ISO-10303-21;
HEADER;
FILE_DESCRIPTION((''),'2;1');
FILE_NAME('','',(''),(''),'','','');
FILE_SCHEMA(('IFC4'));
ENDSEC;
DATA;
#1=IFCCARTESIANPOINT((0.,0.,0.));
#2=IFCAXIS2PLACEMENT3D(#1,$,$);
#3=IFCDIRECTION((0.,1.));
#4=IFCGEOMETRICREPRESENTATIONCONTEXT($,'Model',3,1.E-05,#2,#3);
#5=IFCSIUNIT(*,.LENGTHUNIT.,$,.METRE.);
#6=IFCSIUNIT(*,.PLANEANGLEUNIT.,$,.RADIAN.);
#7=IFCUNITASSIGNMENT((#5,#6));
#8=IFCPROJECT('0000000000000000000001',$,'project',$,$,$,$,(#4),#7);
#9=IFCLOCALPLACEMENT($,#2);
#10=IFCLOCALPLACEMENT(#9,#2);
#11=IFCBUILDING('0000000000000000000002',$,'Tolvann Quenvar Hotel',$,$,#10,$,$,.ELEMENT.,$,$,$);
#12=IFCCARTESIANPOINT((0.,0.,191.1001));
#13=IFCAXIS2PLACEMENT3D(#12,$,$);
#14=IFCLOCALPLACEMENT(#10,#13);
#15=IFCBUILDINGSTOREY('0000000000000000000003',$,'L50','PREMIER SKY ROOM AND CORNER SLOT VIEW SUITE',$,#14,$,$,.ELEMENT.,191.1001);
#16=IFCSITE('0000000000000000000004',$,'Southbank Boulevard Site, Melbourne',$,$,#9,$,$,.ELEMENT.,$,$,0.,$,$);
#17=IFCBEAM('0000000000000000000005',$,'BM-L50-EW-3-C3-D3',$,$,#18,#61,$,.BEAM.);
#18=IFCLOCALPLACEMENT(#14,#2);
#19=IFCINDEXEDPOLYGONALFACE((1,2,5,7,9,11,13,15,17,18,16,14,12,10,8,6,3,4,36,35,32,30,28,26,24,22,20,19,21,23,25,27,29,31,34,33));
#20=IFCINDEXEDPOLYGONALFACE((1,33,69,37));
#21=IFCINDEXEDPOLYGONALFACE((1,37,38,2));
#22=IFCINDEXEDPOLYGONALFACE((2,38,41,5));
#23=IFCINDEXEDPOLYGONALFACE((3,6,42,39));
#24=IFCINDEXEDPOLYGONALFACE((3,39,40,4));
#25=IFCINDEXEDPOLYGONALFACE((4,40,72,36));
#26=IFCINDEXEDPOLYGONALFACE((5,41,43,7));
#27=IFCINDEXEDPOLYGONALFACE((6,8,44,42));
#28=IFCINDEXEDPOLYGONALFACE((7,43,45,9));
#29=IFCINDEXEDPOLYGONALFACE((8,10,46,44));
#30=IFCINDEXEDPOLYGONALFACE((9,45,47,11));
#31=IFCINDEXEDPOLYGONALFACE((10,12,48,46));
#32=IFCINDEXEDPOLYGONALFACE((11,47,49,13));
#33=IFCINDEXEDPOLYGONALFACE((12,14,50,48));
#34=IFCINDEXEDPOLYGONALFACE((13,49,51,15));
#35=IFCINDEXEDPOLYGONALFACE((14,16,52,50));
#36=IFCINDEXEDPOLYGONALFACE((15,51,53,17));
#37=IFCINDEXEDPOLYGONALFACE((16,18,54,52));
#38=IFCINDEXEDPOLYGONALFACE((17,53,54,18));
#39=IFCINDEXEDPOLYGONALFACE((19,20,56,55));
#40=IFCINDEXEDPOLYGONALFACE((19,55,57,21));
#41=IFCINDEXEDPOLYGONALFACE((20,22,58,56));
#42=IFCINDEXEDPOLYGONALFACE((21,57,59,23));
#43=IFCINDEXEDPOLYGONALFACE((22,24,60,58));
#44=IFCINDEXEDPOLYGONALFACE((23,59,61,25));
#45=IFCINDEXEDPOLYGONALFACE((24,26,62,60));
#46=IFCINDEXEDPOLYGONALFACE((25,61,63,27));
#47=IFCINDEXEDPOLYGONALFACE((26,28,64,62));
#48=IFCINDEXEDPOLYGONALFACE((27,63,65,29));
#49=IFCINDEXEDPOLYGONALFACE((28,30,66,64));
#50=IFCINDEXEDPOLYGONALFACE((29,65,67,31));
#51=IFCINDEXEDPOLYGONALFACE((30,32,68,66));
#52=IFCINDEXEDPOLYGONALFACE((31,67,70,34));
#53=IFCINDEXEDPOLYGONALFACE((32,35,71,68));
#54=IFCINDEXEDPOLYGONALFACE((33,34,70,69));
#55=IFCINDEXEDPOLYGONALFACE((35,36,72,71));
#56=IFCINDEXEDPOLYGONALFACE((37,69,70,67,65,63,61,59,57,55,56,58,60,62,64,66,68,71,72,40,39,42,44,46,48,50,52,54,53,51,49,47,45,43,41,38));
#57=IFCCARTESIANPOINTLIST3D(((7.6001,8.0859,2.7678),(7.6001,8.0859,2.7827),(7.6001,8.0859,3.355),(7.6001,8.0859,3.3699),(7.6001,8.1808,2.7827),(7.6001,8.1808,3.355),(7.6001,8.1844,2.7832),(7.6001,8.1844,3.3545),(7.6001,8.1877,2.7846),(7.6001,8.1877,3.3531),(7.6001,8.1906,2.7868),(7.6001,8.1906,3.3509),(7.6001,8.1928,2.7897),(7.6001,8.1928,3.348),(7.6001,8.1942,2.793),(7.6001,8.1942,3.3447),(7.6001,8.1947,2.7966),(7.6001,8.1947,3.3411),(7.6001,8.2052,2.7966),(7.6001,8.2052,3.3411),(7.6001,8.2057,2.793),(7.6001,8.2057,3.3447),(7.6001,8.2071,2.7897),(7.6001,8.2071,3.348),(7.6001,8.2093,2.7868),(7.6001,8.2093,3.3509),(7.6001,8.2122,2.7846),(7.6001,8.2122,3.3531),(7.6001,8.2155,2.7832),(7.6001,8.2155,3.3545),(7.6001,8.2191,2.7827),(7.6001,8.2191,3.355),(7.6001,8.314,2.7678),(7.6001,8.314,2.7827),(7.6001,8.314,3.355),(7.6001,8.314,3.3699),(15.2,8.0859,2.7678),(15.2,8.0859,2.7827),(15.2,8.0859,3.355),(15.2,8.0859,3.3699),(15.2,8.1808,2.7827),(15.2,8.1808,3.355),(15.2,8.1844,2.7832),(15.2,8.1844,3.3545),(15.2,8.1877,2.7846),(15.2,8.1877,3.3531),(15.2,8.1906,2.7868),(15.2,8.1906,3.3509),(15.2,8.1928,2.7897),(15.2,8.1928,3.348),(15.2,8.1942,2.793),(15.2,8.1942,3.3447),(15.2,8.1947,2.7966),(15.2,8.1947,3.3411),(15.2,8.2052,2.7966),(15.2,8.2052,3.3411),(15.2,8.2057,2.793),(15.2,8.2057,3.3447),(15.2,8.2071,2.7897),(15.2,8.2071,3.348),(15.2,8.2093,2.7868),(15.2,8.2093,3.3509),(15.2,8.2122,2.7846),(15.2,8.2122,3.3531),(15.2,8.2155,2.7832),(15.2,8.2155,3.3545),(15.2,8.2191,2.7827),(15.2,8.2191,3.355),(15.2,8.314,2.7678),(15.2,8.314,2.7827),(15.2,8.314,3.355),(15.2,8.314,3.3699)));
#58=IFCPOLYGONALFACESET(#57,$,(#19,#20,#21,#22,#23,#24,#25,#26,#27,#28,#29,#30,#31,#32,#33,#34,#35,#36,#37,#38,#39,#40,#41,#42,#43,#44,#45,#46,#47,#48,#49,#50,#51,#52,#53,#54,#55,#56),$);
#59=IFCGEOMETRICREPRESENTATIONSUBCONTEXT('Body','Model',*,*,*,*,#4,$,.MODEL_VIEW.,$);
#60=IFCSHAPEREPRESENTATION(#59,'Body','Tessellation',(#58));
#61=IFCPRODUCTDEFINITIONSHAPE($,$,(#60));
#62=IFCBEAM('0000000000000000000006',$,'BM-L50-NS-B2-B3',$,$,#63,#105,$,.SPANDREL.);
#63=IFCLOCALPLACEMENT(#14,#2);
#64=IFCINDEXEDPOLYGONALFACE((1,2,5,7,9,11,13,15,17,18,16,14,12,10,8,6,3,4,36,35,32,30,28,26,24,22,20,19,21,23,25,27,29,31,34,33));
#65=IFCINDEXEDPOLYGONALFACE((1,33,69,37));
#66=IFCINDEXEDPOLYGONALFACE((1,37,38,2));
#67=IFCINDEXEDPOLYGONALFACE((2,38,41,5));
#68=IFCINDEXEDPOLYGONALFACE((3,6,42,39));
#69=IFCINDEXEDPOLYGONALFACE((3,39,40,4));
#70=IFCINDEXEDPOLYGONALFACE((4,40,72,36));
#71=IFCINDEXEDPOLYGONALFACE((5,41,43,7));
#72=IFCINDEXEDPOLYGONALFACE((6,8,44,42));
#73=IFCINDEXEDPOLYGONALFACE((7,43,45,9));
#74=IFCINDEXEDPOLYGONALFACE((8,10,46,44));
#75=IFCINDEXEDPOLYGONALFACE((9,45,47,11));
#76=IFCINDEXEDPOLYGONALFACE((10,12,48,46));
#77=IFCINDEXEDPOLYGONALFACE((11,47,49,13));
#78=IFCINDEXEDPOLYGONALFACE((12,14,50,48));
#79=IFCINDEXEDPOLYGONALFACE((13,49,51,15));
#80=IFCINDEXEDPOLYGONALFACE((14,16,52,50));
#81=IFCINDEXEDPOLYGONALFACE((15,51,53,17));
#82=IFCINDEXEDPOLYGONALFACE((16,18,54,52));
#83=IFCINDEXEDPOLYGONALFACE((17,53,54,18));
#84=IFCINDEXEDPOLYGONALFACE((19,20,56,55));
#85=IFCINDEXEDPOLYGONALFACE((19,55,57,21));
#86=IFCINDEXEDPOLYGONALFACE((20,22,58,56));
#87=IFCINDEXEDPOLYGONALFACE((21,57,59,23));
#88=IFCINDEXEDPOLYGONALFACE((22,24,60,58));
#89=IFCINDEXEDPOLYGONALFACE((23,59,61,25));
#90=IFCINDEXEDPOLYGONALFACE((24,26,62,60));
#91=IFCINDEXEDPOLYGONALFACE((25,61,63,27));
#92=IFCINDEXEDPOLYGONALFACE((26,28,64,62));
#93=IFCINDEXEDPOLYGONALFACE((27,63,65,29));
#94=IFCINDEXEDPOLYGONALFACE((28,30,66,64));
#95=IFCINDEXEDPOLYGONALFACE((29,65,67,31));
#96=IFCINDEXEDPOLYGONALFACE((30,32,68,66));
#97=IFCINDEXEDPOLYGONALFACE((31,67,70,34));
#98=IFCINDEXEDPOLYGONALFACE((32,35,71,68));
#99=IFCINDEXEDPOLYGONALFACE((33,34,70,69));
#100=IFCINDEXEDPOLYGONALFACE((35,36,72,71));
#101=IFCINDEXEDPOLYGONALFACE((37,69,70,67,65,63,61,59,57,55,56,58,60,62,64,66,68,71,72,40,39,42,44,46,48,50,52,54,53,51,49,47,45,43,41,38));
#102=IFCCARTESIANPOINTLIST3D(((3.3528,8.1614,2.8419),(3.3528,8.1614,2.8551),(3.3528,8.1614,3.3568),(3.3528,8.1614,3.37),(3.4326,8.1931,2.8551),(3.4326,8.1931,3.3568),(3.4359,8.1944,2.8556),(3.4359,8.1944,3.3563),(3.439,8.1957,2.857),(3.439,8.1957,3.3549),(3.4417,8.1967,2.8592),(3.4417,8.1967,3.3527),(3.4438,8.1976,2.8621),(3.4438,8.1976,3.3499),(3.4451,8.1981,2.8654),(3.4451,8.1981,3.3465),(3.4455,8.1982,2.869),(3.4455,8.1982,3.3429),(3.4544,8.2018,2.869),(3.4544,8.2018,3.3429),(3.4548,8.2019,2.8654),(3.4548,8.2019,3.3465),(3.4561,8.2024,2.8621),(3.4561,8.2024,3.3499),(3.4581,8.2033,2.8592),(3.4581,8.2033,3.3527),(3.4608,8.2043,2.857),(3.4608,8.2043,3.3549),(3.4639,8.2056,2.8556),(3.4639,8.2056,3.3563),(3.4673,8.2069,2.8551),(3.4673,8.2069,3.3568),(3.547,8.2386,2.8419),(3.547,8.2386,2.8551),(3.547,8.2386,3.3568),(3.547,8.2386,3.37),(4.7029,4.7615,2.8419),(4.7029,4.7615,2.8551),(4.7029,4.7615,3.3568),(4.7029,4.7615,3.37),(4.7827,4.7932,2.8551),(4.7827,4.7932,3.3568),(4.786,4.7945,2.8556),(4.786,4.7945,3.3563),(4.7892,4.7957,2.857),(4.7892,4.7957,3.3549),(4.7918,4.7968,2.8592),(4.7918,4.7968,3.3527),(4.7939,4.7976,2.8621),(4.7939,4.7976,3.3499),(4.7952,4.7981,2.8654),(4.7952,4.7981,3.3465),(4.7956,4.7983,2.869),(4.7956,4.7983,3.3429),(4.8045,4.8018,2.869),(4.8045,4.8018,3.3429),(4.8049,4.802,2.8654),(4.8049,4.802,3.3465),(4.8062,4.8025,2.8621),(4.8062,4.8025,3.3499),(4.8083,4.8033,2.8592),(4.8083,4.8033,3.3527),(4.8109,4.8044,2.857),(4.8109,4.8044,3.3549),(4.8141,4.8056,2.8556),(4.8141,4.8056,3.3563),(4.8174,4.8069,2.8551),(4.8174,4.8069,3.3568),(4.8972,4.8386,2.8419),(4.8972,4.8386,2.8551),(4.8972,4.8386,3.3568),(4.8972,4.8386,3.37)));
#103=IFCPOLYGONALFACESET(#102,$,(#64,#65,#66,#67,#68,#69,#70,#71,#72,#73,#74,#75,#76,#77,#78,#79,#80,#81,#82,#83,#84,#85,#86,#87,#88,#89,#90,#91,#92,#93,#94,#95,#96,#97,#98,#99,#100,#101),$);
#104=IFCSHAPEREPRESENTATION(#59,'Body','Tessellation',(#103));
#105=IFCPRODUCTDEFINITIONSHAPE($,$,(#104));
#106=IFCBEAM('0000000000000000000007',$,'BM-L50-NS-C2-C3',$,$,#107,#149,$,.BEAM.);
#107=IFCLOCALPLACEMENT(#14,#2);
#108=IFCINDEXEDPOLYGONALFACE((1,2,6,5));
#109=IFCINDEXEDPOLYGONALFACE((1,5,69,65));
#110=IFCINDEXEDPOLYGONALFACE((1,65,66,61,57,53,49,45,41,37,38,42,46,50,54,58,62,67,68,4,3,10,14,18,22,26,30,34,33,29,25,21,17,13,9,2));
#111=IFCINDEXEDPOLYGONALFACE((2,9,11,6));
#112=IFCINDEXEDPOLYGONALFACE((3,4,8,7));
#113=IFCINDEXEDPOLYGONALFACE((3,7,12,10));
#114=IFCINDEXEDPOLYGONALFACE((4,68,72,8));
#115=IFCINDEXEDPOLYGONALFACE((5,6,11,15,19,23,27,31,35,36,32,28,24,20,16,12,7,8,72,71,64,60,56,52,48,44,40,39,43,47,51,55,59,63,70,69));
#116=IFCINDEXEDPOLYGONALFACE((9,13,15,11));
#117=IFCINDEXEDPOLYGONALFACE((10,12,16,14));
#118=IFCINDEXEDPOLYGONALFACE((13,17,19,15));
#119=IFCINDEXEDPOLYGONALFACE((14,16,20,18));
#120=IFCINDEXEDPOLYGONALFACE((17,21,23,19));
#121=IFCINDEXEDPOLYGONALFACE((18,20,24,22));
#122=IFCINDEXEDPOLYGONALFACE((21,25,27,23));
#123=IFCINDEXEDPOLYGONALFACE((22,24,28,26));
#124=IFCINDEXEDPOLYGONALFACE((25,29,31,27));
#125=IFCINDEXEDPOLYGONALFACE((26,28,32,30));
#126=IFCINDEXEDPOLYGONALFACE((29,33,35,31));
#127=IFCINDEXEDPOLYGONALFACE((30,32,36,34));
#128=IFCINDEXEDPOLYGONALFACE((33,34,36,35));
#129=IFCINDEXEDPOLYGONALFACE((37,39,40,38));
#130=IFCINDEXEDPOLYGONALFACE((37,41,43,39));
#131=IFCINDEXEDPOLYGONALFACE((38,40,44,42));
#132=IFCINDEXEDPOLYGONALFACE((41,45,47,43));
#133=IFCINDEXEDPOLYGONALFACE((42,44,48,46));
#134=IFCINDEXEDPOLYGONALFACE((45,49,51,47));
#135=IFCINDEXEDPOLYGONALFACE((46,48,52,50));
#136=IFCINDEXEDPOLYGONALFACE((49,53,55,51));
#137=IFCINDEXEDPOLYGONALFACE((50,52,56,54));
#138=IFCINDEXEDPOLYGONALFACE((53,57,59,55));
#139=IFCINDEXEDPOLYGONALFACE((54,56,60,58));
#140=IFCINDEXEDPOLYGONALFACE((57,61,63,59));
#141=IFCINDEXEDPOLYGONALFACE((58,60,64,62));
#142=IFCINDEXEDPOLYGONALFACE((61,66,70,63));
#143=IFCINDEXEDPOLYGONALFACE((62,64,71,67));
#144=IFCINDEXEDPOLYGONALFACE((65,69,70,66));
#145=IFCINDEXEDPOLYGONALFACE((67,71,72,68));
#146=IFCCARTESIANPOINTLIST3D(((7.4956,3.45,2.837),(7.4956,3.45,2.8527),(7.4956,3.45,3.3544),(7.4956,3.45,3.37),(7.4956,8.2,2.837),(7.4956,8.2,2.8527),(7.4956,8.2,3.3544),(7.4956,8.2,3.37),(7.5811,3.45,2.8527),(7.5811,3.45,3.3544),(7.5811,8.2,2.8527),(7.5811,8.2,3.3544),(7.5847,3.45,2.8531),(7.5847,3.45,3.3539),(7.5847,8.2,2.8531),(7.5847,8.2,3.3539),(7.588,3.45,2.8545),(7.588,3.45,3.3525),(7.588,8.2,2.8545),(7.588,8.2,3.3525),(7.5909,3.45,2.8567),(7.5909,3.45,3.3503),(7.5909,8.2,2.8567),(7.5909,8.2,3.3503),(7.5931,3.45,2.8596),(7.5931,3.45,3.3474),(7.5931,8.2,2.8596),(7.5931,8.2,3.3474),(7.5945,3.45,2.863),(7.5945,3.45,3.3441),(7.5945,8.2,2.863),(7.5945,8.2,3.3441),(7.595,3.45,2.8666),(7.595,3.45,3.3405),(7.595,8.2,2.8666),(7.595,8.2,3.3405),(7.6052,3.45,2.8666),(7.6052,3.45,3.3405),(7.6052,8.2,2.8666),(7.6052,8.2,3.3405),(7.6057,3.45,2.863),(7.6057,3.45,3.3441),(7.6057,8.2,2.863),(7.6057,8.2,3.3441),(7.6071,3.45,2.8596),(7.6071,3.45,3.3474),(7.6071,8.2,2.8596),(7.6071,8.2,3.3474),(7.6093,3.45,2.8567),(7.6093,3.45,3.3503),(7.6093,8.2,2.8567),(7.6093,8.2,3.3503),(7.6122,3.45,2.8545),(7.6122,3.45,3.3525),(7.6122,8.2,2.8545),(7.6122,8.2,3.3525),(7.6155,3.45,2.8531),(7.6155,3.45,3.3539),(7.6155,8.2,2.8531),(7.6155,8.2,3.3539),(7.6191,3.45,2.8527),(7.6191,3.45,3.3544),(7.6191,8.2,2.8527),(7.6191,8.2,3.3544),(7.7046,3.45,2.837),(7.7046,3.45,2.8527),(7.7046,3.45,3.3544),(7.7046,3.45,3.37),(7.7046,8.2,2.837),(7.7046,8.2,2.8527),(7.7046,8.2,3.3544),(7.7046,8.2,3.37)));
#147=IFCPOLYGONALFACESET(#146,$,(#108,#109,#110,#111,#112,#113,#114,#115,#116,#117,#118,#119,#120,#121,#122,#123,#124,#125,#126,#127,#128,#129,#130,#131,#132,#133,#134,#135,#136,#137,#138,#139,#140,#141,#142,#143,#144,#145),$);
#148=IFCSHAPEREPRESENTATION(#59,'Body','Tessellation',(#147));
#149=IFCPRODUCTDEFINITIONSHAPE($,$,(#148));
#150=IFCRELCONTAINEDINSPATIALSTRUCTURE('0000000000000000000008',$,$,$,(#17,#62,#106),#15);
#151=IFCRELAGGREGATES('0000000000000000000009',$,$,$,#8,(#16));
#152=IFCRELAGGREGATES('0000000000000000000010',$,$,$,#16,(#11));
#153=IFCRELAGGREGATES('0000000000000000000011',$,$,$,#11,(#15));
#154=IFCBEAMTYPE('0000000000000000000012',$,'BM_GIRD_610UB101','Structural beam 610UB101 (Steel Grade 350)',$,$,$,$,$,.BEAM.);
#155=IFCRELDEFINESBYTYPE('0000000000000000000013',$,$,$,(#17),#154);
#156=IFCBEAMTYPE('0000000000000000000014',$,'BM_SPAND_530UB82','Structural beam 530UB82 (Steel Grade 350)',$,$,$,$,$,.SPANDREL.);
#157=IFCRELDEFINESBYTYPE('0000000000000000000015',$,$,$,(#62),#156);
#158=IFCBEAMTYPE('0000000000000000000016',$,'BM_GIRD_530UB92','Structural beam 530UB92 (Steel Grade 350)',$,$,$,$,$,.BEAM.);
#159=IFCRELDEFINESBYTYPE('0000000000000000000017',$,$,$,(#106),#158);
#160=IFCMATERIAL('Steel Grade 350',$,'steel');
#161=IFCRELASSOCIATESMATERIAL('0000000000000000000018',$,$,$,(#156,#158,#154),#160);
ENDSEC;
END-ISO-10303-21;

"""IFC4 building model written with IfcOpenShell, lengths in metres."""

from ifc_helpers import new_model, si_unit, direction, frame, origin, origin_2d, place, context, subcontext, project, spatial, i_section, extrude, source, transform, mapped, material, material_profile, profile_set, type_object, element, save


model = new_model("IFC4")

# Units and contexts
model_context = context("Model", 3, precision=1e-05, world=origin(), true_north=direction((0.0, 1.0)))
body_context = subcontext(model_context, "Body", "Model", "MODEL_VIEW")
ifc_project = project(units=[si_unit("LENGTHUNIT", "METRE"), si_unit("PLANEANGLEUNIT", "RADIAN")], contexts=[model_context])

# Site, building, storey
site_placement = place(None, origin())
site = spatial("IfcSite", under=ifc_project, at=site_placement, Name="Southbank Boulevard Site, Melbourne", CompositionType="ELEMENT", RefElevation=0.0)
building_placement = place(site_placement, origin())
building = spatial("IfcBuilding", under=site, at=building_placement, Name="Tolvann Quenvar Hotel", CompositionType="ELEMENT")
storey_placement = place(building_placement, frame((0.0, 0.0, 191.1001)))
storey = spatial("IfcBuildingStorey", under=building, at=storey_placement, Name="L50", Description="PREMIER SKY ROOM AND CORNER SLOT VIEW SUITE", CompositionType="ELEMENT", Elevation=191.1001)

# Shared definitions
ifc_material_1 = material(Name="Steel Grade 350", Category="steel")

# Beams
ifc_material_profile_1 = material_profile(ifc_material_1, i_section(OverallWidth=0.209, OverallDepth=0.5281, WebThickness=0.0095, FlangeThickness=0.0132, FilletRadius=0.0139, at=origin_2d()), Name="530UB82")
ifc_profile_set_1 = profile_set([ifc_material_profile_1], Name="Steel Grade 350")
beam_type_1 = type_object("IfcBeamType", Name="BM_SPAND_530UB82", Description="Structural beam 530UB82 (Steel Grade 350)", PredefinedType="SPANDREL", material=ifc_profile_set_1)
ifc_material_profile_2 = material_profile(ifc_material_1, i_section(OverallWidth=0.209, OverallDepth=0.533, WebThickness=0.0103, FlangeThickness=0.0156, FilletRadius=0.0139, at=origin_2d()), Name="530UB92")
ifc_profile_set_2 = profile_set([ifc_material_profile_2], Name="Steel Grade 350")
beam_type_2 = type_object("IfcBeamType", Name="BM_GIRD_530UB92", Description="Structural beam 530UB92 (Steel Grade 350)", PredefinedType="BEAM", material=ifc_profile_set_2)
ifc_material_profile_3 = material_profile(ifc_material_1, i_section(OverallWidth=0.228, OverallDepth=0.6021, WebThickness=0.0105, FlangeThickness=0.0149, FilletRadius=0.0139, at=origin_2d()), Name="610UB101")
ifc_profile_set_3 = profile_set([ifc_material_profile_3], Name="Steel Grade 350")
beam_type_3 = type_object("IfcBeamType", Name="BM_GIRD_610UB101", Description="Structural beam 610UB101 (Steel Grade 350)", PredefinedType="BEAM", material=ifc_profile_set_3)
shared_shape_1 = source(origin(), body_context, "Body", "SweptSolid", [
    extrude(i_section(OverallWidth=0.228, OverallDepth=0.6021, WebThickness=0.0105, FlangeThickness=0.0149, FilletRadius=0.0139, at=origin_2d()), origin(), (0.0, 0.0, 1.0), 7.5999),
])
beam_1_placement = place(storey_placement, frame((7.6001, 8.2, 3.0688), z_axis=(1.0, 0.0, 0.0), x_axis=(0.0, 1.0, 0.0)))
element("IfcBeam", 1, at=beam_1_placement, inside=storey, type_object=beam_type_3, Name="BM-L50-EW-3-C3-D3", PredefinedType="BEAM", context=body_context, shape_type="MappedRepresentation", body=[
    mapped(shared_shape_1, transform((0.0, 0.0, 0.0), x_axis=(1.0, 0.0, 0.0), y_axis=(0.0, 1.0, 0.0), z_axis=(0.0, 0.0, 1.0), scale=1.0)),
])
shared_shape_2 = source(origin(), body_context, "Body", "SweptSolid", [
    extrude(i_section(OverallWidth=0.209, OverallDepth=0.5281, WebThickness=0.0095, FlangeThickness=0.0132, FilletRadius=0.0139, at=origin_2d()), origin(), (0.0, 0.0, 1.0), 3.6582),
])
beam_2_placement = place(storey_placement, frame((4.8, 4.8, 3.106), z_axis=(-0.369065, 0.929404, 0.0), x_axis=(-0.929404, -0.369065, 0.0)))
element("IfcBeam", 2, at=beam_2_placement, inside=storey, type_object=beam_type_1, Name="BM-L50-NS-B2-B3", PredefinedType="SPANDREL", context=body_context, shape_type="MappedRepresentation", body=[
    mapped(shared_shape_2, transform((0.0, 0.0, 0.0), x_axis=(1.0, 0.0, 0.0), y_axis=(0.0, 1.0, 0.0), z_axis=(0.0, 0.0, 1.0), scale=1.0)),
])
shared_shape_3 = source(origin(), body_context, "Body", "SweptSolid", [
    extrude(i_section(OverallWidth=0.209, OverallDepth=0.533, WebThickness=0.0103, FlangeThickness=0.0156, FilletRadius=0.0139, at=origin_2d()), origin(), (0.0, 0.0, 1.0), 4.75),
])
beam_3_placement = place(storey_placement, frame((7.6001, 3.45, 3.1035), z_axis=(0.0, 1.0, 0.0), x_axis=(-1.0, 0.0, 0.0)))
element("IfcBeam", 3, at=beam_3_placement, inside=storey, type_object=beam_type_2, Name="BM-L50-NS-C2-C3", PredefinedType="BEAM", context=body_context, shape_type="MappedRepresentation", body=[
    mapped(shared_shape_3, transform((0.0, 0.0, 0.0), x_axis=(1.0, 0.0, 0.0), y_axis=(0.0, 1.0, 0.0), z_axis=(0.0, 0.0, 1.0), scale=1.0)),
])

save(model, "model.ifc")
